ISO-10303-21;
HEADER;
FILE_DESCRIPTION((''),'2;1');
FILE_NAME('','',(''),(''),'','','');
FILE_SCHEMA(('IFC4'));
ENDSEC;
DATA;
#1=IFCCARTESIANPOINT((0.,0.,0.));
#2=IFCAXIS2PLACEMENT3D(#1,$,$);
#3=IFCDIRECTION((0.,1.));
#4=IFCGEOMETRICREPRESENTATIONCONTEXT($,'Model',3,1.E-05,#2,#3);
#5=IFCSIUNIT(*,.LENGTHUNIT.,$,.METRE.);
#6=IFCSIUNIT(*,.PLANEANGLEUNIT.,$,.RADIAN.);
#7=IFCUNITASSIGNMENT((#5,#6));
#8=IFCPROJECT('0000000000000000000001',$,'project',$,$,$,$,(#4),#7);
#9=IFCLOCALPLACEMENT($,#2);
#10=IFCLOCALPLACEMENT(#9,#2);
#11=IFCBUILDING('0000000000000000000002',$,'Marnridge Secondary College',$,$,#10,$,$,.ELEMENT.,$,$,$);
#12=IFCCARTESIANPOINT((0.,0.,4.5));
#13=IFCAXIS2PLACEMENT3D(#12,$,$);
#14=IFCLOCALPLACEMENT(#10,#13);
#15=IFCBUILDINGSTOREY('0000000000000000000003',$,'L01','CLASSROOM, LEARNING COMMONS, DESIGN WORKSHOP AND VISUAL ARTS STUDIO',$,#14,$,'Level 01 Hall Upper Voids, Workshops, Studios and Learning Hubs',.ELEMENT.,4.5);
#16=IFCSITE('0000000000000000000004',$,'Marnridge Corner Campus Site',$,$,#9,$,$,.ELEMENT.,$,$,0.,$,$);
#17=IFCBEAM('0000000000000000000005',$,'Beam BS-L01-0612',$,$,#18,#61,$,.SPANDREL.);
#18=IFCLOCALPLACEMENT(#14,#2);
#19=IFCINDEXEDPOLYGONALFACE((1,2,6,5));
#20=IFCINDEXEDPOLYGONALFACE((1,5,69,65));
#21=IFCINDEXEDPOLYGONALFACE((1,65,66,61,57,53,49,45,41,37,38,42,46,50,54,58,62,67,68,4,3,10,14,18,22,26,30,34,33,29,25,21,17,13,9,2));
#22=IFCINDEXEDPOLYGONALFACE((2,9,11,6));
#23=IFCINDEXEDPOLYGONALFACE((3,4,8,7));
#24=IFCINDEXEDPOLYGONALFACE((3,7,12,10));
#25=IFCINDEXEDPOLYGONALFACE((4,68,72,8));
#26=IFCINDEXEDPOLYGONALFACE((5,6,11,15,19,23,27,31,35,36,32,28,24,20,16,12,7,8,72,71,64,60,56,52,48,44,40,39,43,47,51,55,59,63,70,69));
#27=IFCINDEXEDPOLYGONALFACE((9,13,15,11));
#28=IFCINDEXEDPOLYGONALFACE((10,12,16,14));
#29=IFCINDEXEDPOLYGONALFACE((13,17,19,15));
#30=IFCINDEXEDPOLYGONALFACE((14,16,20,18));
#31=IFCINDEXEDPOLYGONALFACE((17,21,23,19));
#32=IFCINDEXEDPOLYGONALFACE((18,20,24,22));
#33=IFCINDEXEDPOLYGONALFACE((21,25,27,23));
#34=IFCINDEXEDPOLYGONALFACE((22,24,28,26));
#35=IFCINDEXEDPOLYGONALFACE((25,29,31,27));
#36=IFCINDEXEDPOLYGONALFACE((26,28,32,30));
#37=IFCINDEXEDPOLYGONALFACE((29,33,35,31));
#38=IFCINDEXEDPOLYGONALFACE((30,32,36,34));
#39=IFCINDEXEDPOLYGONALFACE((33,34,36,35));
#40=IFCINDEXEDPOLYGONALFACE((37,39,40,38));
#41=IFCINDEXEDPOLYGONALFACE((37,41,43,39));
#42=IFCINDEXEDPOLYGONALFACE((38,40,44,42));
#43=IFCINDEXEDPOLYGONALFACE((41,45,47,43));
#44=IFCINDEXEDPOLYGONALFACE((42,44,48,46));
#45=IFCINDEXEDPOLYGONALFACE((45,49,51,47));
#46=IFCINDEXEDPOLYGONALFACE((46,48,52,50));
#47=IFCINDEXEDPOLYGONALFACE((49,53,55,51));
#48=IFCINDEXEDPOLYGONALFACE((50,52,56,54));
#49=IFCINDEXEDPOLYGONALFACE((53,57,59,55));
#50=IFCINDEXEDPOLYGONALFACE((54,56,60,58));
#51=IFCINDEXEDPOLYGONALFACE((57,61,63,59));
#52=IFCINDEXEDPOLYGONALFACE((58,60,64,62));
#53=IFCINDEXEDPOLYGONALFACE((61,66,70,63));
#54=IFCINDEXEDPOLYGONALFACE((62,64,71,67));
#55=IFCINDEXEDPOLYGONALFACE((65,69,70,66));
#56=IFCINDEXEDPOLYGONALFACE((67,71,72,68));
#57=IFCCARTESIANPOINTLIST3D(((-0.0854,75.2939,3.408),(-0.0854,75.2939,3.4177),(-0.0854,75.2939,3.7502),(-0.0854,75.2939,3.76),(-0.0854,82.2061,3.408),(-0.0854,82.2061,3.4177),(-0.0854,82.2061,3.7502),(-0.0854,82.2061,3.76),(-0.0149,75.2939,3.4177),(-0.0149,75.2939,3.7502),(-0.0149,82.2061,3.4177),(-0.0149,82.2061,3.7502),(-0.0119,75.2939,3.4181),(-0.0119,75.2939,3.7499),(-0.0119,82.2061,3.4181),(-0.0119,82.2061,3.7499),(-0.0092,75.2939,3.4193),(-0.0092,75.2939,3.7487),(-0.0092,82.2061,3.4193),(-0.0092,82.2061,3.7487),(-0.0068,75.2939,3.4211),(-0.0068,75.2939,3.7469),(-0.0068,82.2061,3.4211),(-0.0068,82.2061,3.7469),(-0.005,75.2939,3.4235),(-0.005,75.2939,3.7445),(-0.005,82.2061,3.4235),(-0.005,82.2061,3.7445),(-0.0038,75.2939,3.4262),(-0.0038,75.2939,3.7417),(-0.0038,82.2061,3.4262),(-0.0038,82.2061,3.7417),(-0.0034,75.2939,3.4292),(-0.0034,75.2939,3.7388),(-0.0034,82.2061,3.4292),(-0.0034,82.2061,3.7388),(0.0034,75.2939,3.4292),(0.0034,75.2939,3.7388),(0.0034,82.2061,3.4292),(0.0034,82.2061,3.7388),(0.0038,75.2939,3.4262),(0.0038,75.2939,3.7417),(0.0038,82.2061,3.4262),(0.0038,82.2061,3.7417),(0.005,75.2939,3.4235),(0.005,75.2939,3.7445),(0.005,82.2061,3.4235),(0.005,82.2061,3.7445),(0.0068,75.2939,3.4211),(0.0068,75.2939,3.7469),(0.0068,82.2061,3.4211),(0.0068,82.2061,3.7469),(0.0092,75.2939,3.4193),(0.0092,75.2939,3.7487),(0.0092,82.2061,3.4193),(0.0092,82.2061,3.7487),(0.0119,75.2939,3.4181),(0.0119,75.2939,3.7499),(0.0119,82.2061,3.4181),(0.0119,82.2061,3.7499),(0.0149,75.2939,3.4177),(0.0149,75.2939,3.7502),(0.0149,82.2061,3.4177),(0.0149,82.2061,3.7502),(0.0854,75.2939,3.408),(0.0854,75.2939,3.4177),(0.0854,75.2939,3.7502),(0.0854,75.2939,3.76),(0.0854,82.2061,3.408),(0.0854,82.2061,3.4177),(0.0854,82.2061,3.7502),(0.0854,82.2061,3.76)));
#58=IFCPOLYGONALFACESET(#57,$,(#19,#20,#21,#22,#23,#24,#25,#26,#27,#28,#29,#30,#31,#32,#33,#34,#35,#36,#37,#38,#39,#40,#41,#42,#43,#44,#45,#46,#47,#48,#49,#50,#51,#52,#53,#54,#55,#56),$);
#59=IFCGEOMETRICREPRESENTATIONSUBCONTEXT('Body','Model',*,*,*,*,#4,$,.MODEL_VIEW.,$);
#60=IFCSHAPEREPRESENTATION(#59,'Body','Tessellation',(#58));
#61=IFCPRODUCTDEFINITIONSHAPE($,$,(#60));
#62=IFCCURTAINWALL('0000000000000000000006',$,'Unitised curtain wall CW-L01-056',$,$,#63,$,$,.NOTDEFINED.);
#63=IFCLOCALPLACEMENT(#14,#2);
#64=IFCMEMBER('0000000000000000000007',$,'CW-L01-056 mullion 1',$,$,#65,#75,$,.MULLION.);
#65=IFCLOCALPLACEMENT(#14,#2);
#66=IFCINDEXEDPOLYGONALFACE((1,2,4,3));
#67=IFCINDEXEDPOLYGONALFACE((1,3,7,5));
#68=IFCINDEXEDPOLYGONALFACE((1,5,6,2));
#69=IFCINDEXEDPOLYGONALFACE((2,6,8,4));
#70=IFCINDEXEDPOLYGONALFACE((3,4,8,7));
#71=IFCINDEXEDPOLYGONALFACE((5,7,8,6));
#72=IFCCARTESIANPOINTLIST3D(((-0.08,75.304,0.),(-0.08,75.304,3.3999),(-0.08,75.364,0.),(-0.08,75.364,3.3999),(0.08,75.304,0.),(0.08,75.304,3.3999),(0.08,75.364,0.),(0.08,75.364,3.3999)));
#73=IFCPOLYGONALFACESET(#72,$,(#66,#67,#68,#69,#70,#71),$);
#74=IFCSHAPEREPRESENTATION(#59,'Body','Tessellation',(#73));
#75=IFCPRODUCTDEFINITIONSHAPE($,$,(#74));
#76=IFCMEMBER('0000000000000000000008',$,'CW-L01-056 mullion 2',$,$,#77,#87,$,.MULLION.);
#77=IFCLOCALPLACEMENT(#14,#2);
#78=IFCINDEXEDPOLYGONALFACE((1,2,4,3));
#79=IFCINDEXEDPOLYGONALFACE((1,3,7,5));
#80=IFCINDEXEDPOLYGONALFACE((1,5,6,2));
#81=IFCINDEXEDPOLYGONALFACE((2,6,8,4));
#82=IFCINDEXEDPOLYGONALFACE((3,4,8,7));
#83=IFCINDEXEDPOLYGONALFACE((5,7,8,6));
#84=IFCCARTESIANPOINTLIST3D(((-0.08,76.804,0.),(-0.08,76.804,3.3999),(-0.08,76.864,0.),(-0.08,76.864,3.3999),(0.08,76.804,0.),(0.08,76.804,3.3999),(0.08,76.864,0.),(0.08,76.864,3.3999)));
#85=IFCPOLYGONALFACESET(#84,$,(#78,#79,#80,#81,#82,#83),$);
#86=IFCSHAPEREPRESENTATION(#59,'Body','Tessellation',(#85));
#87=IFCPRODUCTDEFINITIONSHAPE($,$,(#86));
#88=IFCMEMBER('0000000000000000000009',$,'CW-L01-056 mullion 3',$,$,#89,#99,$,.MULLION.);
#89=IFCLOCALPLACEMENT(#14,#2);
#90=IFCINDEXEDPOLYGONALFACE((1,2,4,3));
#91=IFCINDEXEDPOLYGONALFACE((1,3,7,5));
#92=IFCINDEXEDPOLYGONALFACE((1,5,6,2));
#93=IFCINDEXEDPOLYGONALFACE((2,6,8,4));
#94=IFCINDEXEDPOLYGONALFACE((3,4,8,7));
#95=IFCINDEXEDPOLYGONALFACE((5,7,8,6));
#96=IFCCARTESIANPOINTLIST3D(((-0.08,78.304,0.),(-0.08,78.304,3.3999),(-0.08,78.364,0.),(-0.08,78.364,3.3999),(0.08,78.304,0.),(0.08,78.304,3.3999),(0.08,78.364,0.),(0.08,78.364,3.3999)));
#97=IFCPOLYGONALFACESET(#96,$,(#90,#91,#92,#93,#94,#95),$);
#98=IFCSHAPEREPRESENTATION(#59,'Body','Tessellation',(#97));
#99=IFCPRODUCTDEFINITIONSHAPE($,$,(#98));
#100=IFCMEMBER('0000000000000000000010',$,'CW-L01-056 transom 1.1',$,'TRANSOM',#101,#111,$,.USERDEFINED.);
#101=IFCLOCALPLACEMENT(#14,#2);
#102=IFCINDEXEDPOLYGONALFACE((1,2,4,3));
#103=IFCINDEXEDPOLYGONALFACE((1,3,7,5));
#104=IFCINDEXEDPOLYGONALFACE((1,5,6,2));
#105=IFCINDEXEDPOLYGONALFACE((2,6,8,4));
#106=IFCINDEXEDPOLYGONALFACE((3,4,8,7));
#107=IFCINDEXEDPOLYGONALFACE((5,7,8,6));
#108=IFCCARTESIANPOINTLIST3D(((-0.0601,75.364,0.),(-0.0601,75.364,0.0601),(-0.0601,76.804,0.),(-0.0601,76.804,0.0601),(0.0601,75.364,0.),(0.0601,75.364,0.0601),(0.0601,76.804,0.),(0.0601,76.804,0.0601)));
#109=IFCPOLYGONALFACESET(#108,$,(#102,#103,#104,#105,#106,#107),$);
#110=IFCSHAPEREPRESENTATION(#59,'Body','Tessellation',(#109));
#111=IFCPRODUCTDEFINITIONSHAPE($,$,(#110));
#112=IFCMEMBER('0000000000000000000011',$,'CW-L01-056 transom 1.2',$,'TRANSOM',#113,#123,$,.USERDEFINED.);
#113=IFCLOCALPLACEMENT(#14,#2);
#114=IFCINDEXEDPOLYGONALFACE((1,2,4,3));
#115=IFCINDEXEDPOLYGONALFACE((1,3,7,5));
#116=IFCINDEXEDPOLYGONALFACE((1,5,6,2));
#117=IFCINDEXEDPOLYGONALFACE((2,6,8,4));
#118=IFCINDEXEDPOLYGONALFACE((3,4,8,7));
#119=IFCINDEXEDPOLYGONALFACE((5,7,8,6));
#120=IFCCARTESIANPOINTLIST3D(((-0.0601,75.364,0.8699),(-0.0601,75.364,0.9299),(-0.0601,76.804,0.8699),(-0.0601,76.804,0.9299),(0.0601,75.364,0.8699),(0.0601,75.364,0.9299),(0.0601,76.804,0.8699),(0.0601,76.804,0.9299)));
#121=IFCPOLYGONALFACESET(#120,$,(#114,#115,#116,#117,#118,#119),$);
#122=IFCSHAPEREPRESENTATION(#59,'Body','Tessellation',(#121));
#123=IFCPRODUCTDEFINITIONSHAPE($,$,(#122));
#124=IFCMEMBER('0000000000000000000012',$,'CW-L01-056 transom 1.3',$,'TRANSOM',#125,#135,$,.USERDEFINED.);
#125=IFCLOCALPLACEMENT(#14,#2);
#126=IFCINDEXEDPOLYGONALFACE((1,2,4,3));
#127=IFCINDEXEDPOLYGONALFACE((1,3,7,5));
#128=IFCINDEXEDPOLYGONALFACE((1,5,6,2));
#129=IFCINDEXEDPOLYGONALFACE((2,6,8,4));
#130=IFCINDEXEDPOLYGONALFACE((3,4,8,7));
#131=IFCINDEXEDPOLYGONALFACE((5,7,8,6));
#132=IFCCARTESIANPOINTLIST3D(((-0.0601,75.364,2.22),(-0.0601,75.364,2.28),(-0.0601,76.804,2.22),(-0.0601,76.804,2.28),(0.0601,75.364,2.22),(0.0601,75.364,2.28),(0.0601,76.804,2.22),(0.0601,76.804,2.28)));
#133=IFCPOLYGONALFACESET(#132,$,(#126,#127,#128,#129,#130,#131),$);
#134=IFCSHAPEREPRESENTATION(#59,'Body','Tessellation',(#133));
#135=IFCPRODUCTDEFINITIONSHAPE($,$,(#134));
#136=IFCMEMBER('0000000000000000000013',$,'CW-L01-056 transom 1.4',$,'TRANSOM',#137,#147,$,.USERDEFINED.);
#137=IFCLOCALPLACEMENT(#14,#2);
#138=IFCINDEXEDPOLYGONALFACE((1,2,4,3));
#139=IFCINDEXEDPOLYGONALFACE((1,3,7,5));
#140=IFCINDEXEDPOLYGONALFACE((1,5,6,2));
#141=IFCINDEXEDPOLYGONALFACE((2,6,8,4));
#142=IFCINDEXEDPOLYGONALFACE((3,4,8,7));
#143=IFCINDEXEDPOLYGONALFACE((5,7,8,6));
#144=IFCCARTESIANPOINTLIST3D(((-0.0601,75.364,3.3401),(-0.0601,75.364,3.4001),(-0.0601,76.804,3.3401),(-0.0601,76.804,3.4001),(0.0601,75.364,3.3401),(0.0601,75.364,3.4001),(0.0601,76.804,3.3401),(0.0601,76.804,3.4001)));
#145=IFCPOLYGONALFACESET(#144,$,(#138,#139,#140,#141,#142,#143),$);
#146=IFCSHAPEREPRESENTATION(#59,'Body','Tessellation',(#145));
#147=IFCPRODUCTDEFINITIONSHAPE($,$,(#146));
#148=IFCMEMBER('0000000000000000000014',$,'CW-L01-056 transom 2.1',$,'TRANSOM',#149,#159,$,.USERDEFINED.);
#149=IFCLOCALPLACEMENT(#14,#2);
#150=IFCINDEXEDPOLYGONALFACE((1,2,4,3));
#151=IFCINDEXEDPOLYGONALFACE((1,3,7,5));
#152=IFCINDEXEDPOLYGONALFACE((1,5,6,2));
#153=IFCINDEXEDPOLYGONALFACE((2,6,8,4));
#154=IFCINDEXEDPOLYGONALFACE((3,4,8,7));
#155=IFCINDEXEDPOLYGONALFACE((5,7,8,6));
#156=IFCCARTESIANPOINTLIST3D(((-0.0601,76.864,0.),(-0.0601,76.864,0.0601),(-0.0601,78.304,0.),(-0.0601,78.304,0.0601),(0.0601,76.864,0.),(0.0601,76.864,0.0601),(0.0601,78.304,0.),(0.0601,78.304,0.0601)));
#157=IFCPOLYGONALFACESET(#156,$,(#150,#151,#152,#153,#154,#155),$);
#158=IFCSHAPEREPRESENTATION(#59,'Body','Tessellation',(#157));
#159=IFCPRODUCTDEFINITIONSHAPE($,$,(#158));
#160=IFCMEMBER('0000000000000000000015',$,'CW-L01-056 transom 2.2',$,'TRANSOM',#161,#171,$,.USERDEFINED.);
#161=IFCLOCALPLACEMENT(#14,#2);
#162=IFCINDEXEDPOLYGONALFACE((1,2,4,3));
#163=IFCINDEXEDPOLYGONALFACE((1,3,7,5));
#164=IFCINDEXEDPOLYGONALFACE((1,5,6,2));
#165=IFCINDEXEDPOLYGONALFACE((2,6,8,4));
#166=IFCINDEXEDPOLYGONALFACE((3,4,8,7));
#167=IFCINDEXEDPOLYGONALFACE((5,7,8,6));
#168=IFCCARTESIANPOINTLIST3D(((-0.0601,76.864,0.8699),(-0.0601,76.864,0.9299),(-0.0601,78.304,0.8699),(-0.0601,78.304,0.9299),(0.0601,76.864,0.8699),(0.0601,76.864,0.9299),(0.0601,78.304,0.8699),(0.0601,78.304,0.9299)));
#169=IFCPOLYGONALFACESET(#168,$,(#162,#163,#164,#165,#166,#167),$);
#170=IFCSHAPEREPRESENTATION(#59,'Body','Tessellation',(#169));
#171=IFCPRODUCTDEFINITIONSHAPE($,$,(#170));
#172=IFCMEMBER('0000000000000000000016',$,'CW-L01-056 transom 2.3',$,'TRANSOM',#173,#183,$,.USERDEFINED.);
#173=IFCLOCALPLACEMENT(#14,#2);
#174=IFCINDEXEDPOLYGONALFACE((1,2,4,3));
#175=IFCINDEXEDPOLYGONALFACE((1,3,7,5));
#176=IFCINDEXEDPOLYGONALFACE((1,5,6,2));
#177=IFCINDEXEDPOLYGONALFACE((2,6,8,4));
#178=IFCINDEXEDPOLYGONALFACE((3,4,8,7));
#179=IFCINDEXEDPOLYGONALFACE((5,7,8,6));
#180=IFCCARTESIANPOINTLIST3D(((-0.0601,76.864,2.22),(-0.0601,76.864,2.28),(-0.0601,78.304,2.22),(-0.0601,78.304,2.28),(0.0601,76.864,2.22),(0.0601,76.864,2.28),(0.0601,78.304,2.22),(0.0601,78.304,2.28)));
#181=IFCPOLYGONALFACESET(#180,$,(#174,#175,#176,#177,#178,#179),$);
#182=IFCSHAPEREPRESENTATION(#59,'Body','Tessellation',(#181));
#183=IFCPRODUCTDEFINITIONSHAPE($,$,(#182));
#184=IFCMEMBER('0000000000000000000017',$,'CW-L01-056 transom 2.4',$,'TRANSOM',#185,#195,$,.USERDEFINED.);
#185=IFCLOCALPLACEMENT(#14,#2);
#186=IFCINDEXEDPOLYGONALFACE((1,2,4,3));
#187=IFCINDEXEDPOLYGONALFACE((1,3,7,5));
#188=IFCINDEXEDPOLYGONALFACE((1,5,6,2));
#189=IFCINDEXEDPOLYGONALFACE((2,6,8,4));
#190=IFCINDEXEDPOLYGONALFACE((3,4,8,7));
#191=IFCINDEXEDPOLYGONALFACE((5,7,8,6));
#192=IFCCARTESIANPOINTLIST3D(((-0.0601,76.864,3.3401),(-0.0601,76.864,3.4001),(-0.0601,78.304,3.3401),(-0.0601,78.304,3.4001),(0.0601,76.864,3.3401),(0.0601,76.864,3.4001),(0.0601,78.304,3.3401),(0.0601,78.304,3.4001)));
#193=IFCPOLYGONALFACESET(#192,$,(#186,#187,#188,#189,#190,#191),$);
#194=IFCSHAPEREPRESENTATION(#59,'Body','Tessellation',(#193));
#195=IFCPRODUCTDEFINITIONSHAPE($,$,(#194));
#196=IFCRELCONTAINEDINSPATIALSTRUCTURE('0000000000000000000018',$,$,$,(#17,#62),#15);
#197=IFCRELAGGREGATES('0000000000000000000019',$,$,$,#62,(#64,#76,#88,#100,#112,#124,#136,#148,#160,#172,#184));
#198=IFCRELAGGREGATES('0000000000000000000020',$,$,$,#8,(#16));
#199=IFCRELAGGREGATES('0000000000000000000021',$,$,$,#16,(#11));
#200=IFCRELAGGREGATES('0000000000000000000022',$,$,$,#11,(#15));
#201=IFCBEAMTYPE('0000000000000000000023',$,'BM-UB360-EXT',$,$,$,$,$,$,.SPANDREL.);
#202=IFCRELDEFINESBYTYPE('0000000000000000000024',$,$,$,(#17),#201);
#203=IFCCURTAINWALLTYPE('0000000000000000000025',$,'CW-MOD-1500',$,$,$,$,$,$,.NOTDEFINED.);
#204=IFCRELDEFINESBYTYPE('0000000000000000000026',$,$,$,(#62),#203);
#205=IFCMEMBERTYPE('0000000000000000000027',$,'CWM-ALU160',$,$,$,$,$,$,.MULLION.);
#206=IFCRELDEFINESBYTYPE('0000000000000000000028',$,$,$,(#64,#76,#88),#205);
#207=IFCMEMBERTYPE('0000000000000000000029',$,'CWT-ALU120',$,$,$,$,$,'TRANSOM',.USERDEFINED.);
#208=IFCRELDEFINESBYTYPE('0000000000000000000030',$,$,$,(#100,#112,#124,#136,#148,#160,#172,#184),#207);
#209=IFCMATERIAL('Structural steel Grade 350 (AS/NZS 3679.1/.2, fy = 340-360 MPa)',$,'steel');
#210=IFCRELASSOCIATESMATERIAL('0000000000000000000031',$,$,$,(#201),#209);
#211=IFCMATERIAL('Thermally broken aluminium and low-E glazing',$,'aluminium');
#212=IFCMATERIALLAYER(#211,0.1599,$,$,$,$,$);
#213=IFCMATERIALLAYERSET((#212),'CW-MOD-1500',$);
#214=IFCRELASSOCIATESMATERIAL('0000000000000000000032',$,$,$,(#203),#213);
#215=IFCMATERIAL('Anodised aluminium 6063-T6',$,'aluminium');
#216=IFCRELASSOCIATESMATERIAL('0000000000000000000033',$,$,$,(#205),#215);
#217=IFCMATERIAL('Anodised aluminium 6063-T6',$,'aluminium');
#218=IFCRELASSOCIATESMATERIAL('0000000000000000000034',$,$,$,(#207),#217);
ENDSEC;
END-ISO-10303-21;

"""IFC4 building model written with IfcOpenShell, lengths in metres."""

from ifc_helpers import new_model, si_unit, direction, frame, origin, origin_2d, place, context, subcontext, project, spatial, rectangle, i_section, extrude, material, layer, layer_set, material_profile, profile_set, type_object, element, aggregate, save


model = new_model("IFC4")

# Units and contexts
model_context = context("Model", 3, precision=1e-05, world=origin(), true_north=direction((0.0, 1.0)))
body_context = subcontext(model_context, "Body", "Model", "MODEL_VIEW")
ifc_project = project(units=[si_unit("LENGTHUNIT", "METRE"), si_unit("PLANEANGLEUNIT", "RADIAN")], contexts=[model_context])

# Site, building, storey
site_placement = place(None, origin())
site = spatial("IfcSite", under=ifc_project, at=site_placement, Name="Marnridge Corner Campus Site", CompositionType="ELEMENT", RefElevation=0.0)
building_placement = place(site_placement, origin())
building = spatial("IfcBuilding", under=site, at=building_placement, Name="Marnridge Secondary College", CompositionType="ELEMENT")
storey_placement = place(building_placement, frame((0.0, 0.0, 4.5)))
storey = spatial("IfcBuildingStorey", under=building, at=storey_placement, Name="L01", Description="CLASSROOM, LEARNING COMMONS, DESIGN WORKSHOP AND VISUAL ARTS STUDIO", LongName="Level 01 Hall Upper Voids, Workshops, Studios and Learning Hubs", CompositionType="ELEMENT", Elevation=4.5)

# Beam
ifc_material_1 = material(Name="Structural steel Grade 350 (AS/NZS 3679.1/.2, fy = 340-360 MPa)", Category="steel")
ifc_material_profile_1 = material_profile(ifc_material_1, i_section(OverallWidth=0.1709, OverallDepth=0.3521, WebThickness=0.0068, FlangeThickness=0.0098, FilletRadius=0.0115, at=origin_2d()), Name="360UB44.7")
ifc_profile_set_1 = profile_set([ifc_material_profile_1], Name="Structural steel Grade 350 (AS/NZS 3679.1/.2, fy = 340-360 MPa)")
beam_type = type_object("IfcBeamType", Name="BM-UB360-EXT", PredefinedType="SPANDREL", material=ifc_profile_set_1)
beam_placement = place(storey_placement, frame((0.0, 75.2939, 3.584), z_axis=(0.0, 1.0, 0.0), x_axis=(-1.0, 0.0, 0.0)))
element("IfcBeam", 1, at=beam_placement, inside=storey, type_object=beam_type, Name="Beam BS-L01-0612", PredefinedType="SPANDREL", context=body_context, shape_type="SweptSolid", body=[
    extrude(i_section(OverallWidth=0.1709, OverallDepth=0.3521, WebThickness=0.0068, FlangeThickness=0.0098, FilletRadius=0.0115, at=origin_2d()), origin(), (0.0, 0.0, 1.0), 6.9121),
])

# Curtain wall, members
ifc_material_2 = material(Name="Thermally broken aluminium and low-E glazing", Category="aluminium")
ifc_layer_1 = layer(ifc_material_2, 0.1599)
ifc_layer_set_1 = layer_set([ifc_layer_1], Name="CW-MOD-1500")
curtain_wall_type = type_object("IfcCurtainWallType", Name="CW-MOD-1500", PredefinedType="NOTDEFINED", material=ifc_layer_set_1)
curtain_wall_placement = place(storey_placement, origin())
curtain_wall = element("IfcCurtainWall", 2, at=curtain_wall_placement, inside=storey, type_object=curtain_wall_type, Name="Unitised curtain wall CW-L01-056", PredefinedType="NOTDEFINED")
ifc_material_3 = material(Name="Anodised aluminium 6063-T6", Category="aluminium")
ifc_material_profile_2 = material_profile(ifc_material_3, rectangle(XDim=0.0601, YDim=0.1599, at=origin_2d()), Name="ALU 60x160")
ifc_profile_set_2 = profile_set([ifc_material_profile_2], Name="Anodised aluminium 6063-T6")
member_type_1 = type_object("IfcMemberType", Name="CWM-ALU160", PredefinedType="MULLION", material=ifc_profile_set_2)
member_1_placement = place(storey_placement, frame((0.0, 75.334, 0.0), z_axis=(0.0, 0.0, 1.0), x_axis=(0.0, 1.0, 0.0)))
member_1 = element("IfcMember", 3, at=member_1_placement, type_object=member_type_1, Name="CW-L01-056 mullion 1", PredefinedType="MULLION", context=body_context, shape_type="SweptSolid", body=[
    extrude(rectangle(XDim=0.0601, YDim=0.1599, at=origin_2d()), origin(), (0.0, 0.0, 1.0), 3.3999),
])
member_2_placement = place(storey_placement, frame((0.0, 76.834, 0.0), z_axis=(0.0, 0.0, 1.0), x_axis=(0.0, 1.0, 0.0)))
member_2 = element("IfcMember", 4, at=member_2_placement, type_object=member_type_1, Name="CW-L01-056 mullion 2", PredefinedType="MULLION", context=body_context, shape_type="SweptSolid", body=[
    extrude(rectangle(XDim=0.0601, YDim=0.1599, at=origin_2d()), origin(), (0.0, 0.0, 1.0), 3.3999),
])
member_3_placement = place(storey_placement, frame((0.0, 78.334, 0.0), z_axis=(0.0, 0.0, 1.0), x_axis=(0.0, 1.0, 0.0)))
member_3 = element("IfcMember", 5, at=member_3_placement, type_object=member_type_1, Name="CW-L01-056 mullion 3", PredefinedType="MULLION", context=body_context, shape_type="SweptSolid", body=[
    extrude(rectangle(XDim=0.0601, YDim=0.1599, at=origin_2d()), origin(), (0.0, 0.0, 1.0), 3.3999),
])
ifc_material_4 = material(Name="Anodised aluminium 6063-T6", Category="aluminium")
ifc_material_profile_3 = material_profile(ifc_material_4, rectangle(XDim=0.0601, YDim=0.1201, at=origin_2d()), Name="ALU 60x120")
ifc_profile_set_3 = profile_set([ifc_material_profile_3], Name="Anodised aluminium 6063-T6")
member_type_2 = type_object("IfcMemberType", Name="CWT-ALU120", ElementType="TRANSOM", PredefinedType="USERDEFINED", material=ifc_profile_set_3)
member_4_placement = place(storey_placement, frame((0.0, 75.364, 0.03), z_axis=(0.0, 1.0, 0.0), x_axis=(0.0, 0.0, 1.0)))
member_4 = element("IfcMember", 6, at=member_4_placement, type_object=member_type_2, Name="CW-L01-056 transom 1.1", ObjectType="TRANSOM", PredefinedType="USERDEFINED", context=body_context, shape_type="SweptSolid", body=[
    extrude(rectangle(XDim=0.0601, YDim=0.1201, at=origin_2d()), origin(), (0.0, 0.0, 1.0), 1.4399),
])
member_5_placement = place(storey_placement, frame((0.0, 75.364, 0.8999), z_axis=(0.0, 1.0, 0.0), x_axis=(0.0, 0.0, 1.0)))
member_5 = element("IfcMember", 7, at=member_5_placement, type_object=member_type_2, Name="CW-L01-056 transom 1.2", ObjectType="TRANSOM", PredefinedType="USERDEFINED", context=body_context, shape_type="SweptSolid", body=[
    extrude(rectangle(XDim=0.0601, YDim=0.1201, at=origin_2d()), origin(), (0.0, 0.0, 1.0), 1.4399),
])
member_6_placement = place(storey_placement, frame((0.0, 75.364, 2.25), z_axis=(0.0, 1.0, 0.0), x_axis=(0.0, 0.0, 1.0)))
member_6 = element("IfcMember", 8, at=member_6_placement, type_object=member_type_2, Name="CW-L01-056 transom 1.3", ObjectType="TRANSOM", PredefinedType="USERDEFINED", context=body_context, shape_type="SweptSolid", body=[
    extrude(rectangle(XDim=0.0601, YDim=0.1201, at=origin_2d()), origin(), (0.0, 0.0, 1.0), 1.4399),
])
member_7_placement = place(storey_placement, frame((0.0, 75.364, 3.3701), z_axis=(0.0, 1.0, 0.0), x_axis=(0.0, 0.0, 1.0)))
member_7 = element("IfcMember", 9, at=member_7_placement, type_object=member_type_2, Name="CW-L01-056 transom 1.4", ObjectType="TRANSOM", PredefinedType="USERDEFINED", context=body_context, shape_type="SweptSolid", body=[
    extrude(rectangle(XDim=0.0601, YDim=0.1201, at=origin_2d()), origin(), (0.0, 0.0, 1.0), 1.4399),
])
member_8_placement = place(storey_placement, frame((0.0, 76.864, 0.03), z_axis=(0.0, 1.0, 0.0), x_axis=(0.0, 0.0, 1.0)))
member_8 = element("IfcMember", 10, at=member_8_placement, type_object=member_type_2, Name="CW-L01-056 transom 2.1", ObjectType="TRANSOM", PredefinedType="USERDEFINED", context=body_context, shape_type="SweptSolid", body=[
    extrude(rectangle(XDim=0.0601, YDim=0.1201, at=origin_2d()), origin(), (0.0, 0.0, 1.0), 1.4399),
])
member_9_placement = place(storey_placement, frame((0.0, 76.864, 0.8999), z_axis=(0.0, 1.0, 0.0), x_axis=(0.0, 0.0, 1.0)))
member_9 = element("IfcMember", 11, at=member_9_placement, type_object=member_type_2, Name="CW-L01-056 transom 2.2", ObjectType="TRANSOM", PredefinedType="USERDEFINED", context=body_context, shape_type="SweptSolid", body=[
    extrude(rectangle(XDim=0.0601, YDim=0.1201, at=origin_2d()), origin(), (0.0, 0.0, 1.0), 1.4399),
])
member_10_placement = place(storey_placement, frame((0.0, 76.864, 2.25), z_axis=(0.0, 1.0, 0.0), x_axis=(0.0, 0.0, 1.0)))
member_10 = element("IfcMember", 12, at=member_10_placement, type_object=member_type_2, Name="CW-L01-056 transom 2.3", ObjectType="TRANSOM", PredefinedType="USERDEFINED", context=body_context, shape_type="SweptSolid", body=[
    extrude(rectangle(XDim=0.0601, YDim=0.1201, at=origin_2d()), origin(), (0.0, 0.0, 1.0), 1.4399),
])
member_11_placement = place(storey_placement, frame((0.0, 76.864, 3.3701), z_axis=(0.0, 1.0, 0.0), x_axis=(0.0, 0.0, 1.0)))
member_11 = element("IfcMember", 13, at=member_11_placement, type_object=member_type_2, Name="CW-L01-056 transom 2.4", ObjectType="TRANSOM", PredefinedType="USERDEFINED", context=body_context, shape_type="SweptSolid", body=[
    extrude(rectangle(XDim=0.0601, YDim=0.1201, at=origin_2d()), origin(), (0.0, 0.0, 1.0), 1.4399),
])
aggregate(curtain_wall, [member_1, member_2, member_3, member_4, member_5, member_6, member_7, member_8, member_9, member_10, member_11])

save(model, "model.ifc")
